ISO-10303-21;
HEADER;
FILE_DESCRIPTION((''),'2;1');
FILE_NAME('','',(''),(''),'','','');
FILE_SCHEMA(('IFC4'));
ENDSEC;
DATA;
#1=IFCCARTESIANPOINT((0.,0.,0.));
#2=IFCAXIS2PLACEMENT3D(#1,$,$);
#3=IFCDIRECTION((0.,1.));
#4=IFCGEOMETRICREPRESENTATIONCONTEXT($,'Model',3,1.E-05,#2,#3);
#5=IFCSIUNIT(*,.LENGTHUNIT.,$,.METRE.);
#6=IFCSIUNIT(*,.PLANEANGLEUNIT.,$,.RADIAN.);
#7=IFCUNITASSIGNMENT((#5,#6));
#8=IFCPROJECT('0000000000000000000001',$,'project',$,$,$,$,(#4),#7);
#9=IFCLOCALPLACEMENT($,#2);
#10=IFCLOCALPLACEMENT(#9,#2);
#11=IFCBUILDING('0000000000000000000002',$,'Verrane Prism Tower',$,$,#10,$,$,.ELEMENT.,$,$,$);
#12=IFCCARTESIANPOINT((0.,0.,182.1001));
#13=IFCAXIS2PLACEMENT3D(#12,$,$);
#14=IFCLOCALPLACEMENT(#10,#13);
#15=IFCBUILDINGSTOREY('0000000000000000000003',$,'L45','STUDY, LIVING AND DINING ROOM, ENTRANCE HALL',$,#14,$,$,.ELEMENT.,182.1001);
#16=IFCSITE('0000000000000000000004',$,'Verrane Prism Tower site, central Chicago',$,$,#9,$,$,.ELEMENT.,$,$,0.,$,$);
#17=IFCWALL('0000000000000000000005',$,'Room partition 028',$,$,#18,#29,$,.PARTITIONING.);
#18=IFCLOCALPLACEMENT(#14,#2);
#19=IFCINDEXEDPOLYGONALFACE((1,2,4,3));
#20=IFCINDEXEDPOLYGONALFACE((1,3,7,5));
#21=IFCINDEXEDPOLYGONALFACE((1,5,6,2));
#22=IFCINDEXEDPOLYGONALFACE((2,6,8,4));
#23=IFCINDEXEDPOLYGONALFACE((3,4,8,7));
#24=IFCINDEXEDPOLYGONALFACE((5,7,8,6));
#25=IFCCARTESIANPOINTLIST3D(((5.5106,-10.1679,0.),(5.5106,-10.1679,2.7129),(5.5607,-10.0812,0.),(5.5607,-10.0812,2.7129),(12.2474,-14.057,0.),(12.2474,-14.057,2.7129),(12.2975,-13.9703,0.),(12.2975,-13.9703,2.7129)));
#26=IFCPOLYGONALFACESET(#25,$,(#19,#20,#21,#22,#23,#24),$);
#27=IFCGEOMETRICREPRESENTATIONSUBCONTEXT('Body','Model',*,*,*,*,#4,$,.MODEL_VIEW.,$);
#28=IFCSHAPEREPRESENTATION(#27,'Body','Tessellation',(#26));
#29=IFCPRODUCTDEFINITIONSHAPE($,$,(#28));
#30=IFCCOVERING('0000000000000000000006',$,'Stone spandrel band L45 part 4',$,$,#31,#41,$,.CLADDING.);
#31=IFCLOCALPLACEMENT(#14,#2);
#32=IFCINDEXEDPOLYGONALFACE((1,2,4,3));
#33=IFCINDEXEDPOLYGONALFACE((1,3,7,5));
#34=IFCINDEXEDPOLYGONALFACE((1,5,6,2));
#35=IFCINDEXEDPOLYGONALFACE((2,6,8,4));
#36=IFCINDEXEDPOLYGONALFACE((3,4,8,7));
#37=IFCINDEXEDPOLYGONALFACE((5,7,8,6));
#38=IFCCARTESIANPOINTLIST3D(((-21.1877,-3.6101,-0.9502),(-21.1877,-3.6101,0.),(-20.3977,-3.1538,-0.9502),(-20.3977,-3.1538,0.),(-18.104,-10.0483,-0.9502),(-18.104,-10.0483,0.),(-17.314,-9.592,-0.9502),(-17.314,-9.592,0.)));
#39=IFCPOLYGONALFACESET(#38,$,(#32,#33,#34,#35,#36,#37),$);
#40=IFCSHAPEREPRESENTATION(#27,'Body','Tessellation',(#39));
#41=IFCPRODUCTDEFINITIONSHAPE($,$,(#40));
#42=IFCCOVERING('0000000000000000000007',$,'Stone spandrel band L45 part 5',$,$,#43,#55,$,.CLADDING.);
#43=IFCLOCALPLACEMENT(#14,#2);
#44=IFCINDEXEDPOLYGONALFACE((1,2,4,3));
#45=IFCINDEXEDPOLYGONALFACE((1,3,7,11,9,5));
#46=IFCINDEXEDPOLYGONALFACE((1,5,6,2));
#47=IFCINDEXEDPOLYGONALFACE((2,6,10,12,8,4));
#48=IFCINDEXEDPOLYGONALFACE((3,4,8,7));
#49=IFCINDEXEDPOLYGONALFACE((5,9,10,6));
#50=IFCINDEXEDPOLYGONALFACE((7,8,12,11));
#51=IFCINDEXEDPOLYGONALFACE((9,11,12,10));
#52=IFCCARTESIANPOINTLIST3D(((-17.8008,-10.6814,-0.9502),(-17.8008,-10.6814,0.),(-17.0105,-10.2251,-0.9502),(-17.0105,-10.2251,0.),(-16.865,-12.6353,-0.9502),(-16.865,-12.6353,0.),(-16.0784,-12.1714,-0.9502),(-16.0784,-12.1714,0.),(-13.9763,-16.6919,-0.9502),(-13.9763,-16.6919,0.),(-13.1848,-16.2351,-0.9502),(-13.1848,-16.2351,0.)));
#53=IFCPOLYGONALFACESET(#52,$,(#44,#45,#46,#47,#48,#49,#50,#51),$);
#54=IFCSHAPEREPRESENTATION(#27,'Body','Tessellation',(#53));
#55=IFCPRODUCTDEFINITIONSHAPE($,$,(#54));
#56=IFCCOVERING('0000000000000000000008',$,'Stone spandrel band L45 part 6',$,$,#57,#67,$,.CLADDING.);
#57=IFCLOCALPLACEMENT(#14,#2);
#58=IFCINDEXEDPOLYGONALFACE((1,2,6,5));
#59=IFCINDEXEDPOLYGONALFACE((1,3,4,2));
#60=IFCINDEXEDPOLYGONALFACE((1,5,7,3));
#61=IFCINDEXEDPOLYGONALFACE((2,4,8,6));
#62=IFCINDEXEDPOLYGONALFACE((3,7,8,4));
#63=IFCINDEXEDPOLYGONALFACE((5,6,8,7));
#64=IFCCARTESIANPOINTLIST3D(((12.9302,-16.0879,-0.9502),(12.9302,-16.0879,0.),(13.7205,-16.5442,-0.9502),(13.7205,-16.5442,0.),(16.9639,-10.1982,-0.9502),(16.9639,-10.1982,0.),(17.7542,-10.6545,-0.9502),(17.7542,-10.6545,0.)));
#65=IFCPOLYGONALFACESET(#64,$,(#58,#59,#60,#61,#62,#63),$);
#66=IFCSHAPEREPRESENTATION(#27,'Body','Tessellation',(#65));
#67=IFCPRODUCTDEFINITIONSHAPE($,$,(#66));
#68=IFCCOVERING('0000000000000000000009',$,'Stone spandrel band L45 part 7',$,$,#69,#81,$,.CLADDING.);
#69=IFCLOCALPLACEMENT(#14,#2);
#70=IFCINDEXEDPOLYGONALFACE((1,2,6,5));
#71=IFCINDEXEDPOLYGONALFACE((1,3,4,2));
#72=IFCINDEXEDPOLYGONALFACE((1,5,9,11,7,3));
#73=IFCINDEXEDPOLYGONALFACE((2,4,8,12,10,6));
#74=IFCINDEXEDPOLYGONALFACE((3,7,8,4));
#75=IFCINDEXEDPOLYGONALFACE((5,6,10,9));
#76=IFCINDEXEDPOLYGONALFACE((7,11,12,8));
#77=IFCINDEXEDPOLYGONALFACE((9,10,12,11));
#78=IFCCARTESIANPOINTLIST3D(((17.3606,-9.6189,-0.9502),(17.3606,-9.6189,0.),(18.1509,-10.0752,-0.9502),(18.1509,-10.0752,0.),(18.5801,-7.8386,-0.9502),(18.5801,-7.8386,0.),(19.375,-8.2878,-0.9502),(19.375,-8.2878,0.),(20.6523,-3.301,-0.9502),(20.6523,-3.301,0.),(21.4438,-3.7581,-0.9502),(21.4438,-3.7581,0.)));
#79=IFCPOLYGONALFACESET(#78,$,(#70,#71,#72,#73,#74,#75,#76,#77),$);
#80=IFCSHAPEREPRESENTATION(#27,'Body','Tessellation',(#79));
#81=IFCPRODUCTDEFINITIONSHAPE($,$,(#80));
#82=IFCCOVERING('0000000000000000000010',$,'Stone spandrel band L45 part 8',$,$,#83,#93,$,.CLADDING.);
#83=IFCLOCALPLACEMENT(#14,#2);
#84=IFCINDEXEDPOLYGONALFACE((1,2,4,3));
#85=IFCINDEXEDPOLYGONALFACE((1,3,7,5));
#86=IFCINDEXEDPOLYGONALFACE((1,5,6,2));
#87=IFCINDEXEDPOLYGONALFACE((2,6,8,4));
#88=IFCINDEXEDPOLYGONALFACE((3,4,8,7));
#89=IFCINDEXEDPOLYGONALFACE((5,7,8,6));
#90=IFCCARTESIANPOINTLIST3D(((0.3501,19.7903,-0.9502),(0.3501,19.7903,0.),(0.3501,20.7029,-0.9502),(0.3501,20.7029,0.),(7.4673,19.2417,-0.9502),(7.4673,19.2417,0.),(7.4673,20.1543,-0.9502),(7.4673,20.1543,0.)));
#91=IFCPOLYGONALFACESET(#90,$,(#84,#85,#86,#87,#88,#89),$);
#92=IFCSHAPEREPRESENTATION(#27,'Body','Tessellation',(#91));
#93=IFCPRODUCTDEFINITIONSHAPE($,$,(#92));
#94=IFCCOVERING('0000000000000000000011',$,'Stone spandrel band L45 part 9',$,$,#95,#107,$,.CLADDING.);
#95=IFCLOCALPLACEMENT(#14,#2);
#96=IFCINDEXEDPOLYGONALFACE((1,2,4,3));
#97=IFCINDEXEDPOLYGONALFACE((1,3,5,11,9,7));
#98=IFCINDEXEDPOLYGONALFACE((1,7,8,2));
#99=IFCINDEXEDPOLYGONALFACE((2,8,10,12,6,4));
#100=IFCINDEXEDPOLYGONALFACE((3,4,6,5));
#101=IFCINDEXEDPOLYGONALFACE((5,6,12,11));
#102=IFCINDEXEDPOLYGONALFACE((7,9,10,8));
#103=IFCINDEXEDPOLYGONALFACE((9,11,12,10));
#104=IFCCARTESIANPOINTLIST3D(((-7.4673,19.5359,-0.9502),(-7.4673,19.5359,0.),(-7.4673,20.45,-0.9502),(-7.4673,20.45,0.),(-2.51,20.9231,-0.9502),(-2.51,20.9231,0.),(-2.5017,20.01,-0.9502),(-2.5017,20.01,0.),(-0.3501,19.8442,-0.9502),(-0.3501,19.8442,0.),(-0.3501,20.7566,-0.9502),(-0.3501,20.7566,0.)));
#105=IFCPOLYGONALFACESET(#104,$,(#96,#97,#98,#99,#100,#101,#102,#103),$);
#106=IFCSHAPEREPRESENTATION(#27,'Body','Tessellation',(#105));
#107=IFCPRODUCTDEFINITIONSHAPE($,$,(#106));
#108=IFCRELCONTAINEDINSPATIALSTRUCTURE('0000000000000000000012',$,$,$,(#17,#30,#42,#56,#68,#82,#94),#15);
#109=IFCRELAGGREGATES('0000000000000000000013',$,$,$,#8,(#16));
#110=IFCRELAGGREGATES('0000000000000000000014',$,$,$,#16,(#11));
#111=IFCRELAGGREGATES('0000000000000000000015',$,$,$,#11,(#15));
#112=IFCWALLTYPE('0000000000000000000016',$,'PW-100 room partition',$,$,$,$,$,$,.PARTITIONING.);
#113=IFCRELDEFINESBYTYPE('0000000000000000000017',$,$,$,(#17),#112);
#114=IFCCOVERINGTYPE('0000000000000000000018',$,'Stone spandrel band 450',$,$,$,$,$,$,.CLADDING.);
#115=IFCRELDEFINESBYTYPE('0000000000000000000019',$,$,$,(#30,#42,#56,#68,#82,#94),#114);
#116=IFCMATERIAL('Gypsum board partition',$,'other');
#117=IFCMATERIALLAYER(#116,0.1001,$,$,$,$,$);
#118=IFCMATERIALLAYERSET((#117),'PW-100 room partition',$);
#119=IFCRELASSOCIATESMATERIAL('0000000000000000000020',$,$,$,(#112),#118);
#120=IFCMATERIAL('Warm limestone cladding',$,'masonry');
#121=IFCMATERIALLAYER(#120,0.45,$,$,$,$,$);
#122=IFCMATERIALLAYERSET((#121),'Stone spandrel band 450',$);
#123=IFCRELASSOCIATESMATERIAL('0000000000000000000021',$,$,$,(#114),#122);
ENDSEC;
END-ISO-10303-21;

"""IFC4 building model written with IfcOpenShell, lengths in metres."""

from ifc_helpers import new_model, si_unit, direction, frame, frame_2d, origin, place, context, subcontext, project, spatial, polyline, rectangle, outline, extrude, material, layer, layer_set, type_object, element, save


model = new_model("IFC4")

# Units and contexts
model_context = context("Model", 3, precision=1e-05, world=origin(), true_north=direction((0.0, 1.0)))
body_context = subcontext(model_context, "Body", "Model", "MODEL_VIEW")
ifc_project = project(units=[si_unit("LENGTHUNIT", "METRE"), si_unit("PLANEANGLEUNIT", "RADIAN")], contexts=[model_context])

# Site, building, storey
site_placement = place(None, origin())
site = spatial("IfcSite", under=ifc_project, at=site_placement, Name="Verrane Prism Tower site, central Chicago", CompositionType="ELEMENT", RefElevation=0.0)
building_placement = place(site_placement, origin())
building = spatial("IfcBuilding", under=site, at=building_placement, Name="Verrane Prism Tower", CompositionType="ELEMENT")
storey_placement = place(building_placement, frame((0.0, 0.0, 182.1001)))
storey = spatial("IfcBuildingStorey", under=building, at=storey_placement, Name="L45", Description="STUDY, LIVING AND DINING ROOM, ENTRANCE HALL", CompositionType="ELEMENT", Elevation=182.1001)

# Wall
ifc_material_1 = material(Name="Gypsum board partition", Category="other")
ifc_layer_1 = layer(ifc_material_1, 0.1001)
ifc_layer_set_1 = layer_set([ifc_layer_1], Name="PW-100 room partition")
wall_type_1 = type_object("IfcWallType", Name="PW-100 room partition", PredefinedType="PARTITIONING", material=ifc_layer_set_1)
wall_1_placement = place(storey_placement, frame((5.5356, -10.1245, 0.0), z_axis=(0.0, 0.0, 1.0), x_axis=(0.866044, -0.499967, 0.0)))
element("IfcWall", 1, at=wall_1_placement, inside=storey, type_object=wall_type_1, Name="Room partition 028", PredefinedType="PARTITIONING", context=body_context, shape_type="SweptSolid", body=[
    extrude(rectangle(XDim=7.7788, YDim=0.1001, at=frame_2d((3.8894, 0.0))), origin(), (0.0, 0.0, 1.0), 2.7129),
])

# Coverings
ifc_material_2 = material(Name="Warm limestone cladding", Category="masonry")
ifc_layer_2 = layer(ifc_material_2, 0.45)
ifc_layer_set_2 = layer_set([ifc_layer_2], Name="Stone spandrel band 450")
covering_type = type_object("IfcCoveringType", Name="Stone spandrel band 450", PredefinedType="CLADDING", material=ifc_layer_set_2)
covering_1_placement = place(storey_placement, frame((0.0, 0.0, -0.9502)))
element("IfcCovering", 2, at=covering_1_placement, inside=storey, type_object=covering_type, Name="Stone spandrel band L45 part 4", PredefinedType="CLADDING", context=body_context, shape_type="SweptSolid", body=[
    extrude(outline(polyline([(-17.314, -9.592), (-20.3977, -3.1538), (-21.1877, -3.6101), (-18.104, -10.0483), (-17.314, -9.592)])), origin(), (0.0, 0.0, 1.0), 0.9502),
])
covering_2_placement = place(storey_placement, frame((0.0, 0.0, -0.9502)))
element("IfcCovering", 3, at=covering_2_placement, inside=storey, type_object=covering_type, Name="Stone spandrel band L45 part 5", PredefinedType="CLADDING", context=body_context, shape_type="SweptSolid", body=[
    extrude(outline(polyline([(-13.1848, -16.2351), (-16.0784, -12.1714), (-17.0105, -10.2251), (-17.8008, -10.6814), (-16.865, -12.6353), (-13.9763, -16.6919), (-13.1848, -16.2351)])), origin(), (0.0, 0.0, 1.0), 0.9502),
])
covering_3_placement = place(storey_placement, frame((0.0, 0.0, -0.9502)))
element("IfcCovering", 4, at=covering_3_placement, inside=storey, type_object=covering_type, Name="Stone spandrel band L45 part 6", PredefinedType="CLADDING", context=body_context, shape_type="SweptSolid", body=[
    extrude(outline(polyline([(17.7542, -10.6545), (16.9639, -10.1982), (12.9302, -16.0879), (13.7205, -16.5442), (17.7542, -10.6545)])), origin(), (0.0, 0.0, 1.0), 0.9502),
])
covering_4_placement = place(storey_placement, frame((0.0, 0.0, -0.9502)))
element("IfcCovering", 5, at=covering_4_placement, inside=storey, type_object=covering_type, Name="Stone spandrel band L45 part 7", PredefinedType="CLADDING", context=body_context, shape_type="SweptSolid", body=[
    extrude(outline(polyline([(20.6523, -3.301), (18.5801, -7.8386), (17.3606, -9.6189), (18.1509, -10.0752), (19.375, -8.2878), (21.4438, -3.7581), (20.6523, -3.301)])), origin(), (0.0, 0.0, 1.0), 0.9502),
])
covering_5_placement = place(storey_placement, frame((0.0, 0.0, -0.9502)))
element("IfcCovering", 6, at=covering_5_placement, inside=storey, type_object=covering_type, Name="Stone spandrel band L45 part 8", PredefinedType="CLADDING", context=body_context, shape_type="SweptSolid", body=[
    extrude(outline(polyline([(0.3501, 19.7903), (7.4673, 19.2417), (7.4673, 20.1543), (0.3501, 20.7029), (0.3501, 19.7903)])), origin(), (0.0, 0.0, 1.0), 0.9502),
])
covering_6_placement = place(storey_placement, frame((0.0, 0.0, -0.9502)))
element("IfcCovering", 7, at=covering_6_placement, inside=storey, type_object=covering_type, Name="Stone spandrel band L45 part 9", PredefinedType="CLADDING", context=body_context, shape_type="SweptSolid", body=[
    extrude(outline(polyline([(-7.4673, 20.45), (-7.4673, 19.5359), (-2.5017, 20.01), (-0.3501, 19.8442), (-0.3501, 20.7566), (-2.51, 20.9231), (-7.4673, 20.45)])), origin(), (0.0, 0.0, 1.0), 0.9502),
])

save(model, "model.ifc")
